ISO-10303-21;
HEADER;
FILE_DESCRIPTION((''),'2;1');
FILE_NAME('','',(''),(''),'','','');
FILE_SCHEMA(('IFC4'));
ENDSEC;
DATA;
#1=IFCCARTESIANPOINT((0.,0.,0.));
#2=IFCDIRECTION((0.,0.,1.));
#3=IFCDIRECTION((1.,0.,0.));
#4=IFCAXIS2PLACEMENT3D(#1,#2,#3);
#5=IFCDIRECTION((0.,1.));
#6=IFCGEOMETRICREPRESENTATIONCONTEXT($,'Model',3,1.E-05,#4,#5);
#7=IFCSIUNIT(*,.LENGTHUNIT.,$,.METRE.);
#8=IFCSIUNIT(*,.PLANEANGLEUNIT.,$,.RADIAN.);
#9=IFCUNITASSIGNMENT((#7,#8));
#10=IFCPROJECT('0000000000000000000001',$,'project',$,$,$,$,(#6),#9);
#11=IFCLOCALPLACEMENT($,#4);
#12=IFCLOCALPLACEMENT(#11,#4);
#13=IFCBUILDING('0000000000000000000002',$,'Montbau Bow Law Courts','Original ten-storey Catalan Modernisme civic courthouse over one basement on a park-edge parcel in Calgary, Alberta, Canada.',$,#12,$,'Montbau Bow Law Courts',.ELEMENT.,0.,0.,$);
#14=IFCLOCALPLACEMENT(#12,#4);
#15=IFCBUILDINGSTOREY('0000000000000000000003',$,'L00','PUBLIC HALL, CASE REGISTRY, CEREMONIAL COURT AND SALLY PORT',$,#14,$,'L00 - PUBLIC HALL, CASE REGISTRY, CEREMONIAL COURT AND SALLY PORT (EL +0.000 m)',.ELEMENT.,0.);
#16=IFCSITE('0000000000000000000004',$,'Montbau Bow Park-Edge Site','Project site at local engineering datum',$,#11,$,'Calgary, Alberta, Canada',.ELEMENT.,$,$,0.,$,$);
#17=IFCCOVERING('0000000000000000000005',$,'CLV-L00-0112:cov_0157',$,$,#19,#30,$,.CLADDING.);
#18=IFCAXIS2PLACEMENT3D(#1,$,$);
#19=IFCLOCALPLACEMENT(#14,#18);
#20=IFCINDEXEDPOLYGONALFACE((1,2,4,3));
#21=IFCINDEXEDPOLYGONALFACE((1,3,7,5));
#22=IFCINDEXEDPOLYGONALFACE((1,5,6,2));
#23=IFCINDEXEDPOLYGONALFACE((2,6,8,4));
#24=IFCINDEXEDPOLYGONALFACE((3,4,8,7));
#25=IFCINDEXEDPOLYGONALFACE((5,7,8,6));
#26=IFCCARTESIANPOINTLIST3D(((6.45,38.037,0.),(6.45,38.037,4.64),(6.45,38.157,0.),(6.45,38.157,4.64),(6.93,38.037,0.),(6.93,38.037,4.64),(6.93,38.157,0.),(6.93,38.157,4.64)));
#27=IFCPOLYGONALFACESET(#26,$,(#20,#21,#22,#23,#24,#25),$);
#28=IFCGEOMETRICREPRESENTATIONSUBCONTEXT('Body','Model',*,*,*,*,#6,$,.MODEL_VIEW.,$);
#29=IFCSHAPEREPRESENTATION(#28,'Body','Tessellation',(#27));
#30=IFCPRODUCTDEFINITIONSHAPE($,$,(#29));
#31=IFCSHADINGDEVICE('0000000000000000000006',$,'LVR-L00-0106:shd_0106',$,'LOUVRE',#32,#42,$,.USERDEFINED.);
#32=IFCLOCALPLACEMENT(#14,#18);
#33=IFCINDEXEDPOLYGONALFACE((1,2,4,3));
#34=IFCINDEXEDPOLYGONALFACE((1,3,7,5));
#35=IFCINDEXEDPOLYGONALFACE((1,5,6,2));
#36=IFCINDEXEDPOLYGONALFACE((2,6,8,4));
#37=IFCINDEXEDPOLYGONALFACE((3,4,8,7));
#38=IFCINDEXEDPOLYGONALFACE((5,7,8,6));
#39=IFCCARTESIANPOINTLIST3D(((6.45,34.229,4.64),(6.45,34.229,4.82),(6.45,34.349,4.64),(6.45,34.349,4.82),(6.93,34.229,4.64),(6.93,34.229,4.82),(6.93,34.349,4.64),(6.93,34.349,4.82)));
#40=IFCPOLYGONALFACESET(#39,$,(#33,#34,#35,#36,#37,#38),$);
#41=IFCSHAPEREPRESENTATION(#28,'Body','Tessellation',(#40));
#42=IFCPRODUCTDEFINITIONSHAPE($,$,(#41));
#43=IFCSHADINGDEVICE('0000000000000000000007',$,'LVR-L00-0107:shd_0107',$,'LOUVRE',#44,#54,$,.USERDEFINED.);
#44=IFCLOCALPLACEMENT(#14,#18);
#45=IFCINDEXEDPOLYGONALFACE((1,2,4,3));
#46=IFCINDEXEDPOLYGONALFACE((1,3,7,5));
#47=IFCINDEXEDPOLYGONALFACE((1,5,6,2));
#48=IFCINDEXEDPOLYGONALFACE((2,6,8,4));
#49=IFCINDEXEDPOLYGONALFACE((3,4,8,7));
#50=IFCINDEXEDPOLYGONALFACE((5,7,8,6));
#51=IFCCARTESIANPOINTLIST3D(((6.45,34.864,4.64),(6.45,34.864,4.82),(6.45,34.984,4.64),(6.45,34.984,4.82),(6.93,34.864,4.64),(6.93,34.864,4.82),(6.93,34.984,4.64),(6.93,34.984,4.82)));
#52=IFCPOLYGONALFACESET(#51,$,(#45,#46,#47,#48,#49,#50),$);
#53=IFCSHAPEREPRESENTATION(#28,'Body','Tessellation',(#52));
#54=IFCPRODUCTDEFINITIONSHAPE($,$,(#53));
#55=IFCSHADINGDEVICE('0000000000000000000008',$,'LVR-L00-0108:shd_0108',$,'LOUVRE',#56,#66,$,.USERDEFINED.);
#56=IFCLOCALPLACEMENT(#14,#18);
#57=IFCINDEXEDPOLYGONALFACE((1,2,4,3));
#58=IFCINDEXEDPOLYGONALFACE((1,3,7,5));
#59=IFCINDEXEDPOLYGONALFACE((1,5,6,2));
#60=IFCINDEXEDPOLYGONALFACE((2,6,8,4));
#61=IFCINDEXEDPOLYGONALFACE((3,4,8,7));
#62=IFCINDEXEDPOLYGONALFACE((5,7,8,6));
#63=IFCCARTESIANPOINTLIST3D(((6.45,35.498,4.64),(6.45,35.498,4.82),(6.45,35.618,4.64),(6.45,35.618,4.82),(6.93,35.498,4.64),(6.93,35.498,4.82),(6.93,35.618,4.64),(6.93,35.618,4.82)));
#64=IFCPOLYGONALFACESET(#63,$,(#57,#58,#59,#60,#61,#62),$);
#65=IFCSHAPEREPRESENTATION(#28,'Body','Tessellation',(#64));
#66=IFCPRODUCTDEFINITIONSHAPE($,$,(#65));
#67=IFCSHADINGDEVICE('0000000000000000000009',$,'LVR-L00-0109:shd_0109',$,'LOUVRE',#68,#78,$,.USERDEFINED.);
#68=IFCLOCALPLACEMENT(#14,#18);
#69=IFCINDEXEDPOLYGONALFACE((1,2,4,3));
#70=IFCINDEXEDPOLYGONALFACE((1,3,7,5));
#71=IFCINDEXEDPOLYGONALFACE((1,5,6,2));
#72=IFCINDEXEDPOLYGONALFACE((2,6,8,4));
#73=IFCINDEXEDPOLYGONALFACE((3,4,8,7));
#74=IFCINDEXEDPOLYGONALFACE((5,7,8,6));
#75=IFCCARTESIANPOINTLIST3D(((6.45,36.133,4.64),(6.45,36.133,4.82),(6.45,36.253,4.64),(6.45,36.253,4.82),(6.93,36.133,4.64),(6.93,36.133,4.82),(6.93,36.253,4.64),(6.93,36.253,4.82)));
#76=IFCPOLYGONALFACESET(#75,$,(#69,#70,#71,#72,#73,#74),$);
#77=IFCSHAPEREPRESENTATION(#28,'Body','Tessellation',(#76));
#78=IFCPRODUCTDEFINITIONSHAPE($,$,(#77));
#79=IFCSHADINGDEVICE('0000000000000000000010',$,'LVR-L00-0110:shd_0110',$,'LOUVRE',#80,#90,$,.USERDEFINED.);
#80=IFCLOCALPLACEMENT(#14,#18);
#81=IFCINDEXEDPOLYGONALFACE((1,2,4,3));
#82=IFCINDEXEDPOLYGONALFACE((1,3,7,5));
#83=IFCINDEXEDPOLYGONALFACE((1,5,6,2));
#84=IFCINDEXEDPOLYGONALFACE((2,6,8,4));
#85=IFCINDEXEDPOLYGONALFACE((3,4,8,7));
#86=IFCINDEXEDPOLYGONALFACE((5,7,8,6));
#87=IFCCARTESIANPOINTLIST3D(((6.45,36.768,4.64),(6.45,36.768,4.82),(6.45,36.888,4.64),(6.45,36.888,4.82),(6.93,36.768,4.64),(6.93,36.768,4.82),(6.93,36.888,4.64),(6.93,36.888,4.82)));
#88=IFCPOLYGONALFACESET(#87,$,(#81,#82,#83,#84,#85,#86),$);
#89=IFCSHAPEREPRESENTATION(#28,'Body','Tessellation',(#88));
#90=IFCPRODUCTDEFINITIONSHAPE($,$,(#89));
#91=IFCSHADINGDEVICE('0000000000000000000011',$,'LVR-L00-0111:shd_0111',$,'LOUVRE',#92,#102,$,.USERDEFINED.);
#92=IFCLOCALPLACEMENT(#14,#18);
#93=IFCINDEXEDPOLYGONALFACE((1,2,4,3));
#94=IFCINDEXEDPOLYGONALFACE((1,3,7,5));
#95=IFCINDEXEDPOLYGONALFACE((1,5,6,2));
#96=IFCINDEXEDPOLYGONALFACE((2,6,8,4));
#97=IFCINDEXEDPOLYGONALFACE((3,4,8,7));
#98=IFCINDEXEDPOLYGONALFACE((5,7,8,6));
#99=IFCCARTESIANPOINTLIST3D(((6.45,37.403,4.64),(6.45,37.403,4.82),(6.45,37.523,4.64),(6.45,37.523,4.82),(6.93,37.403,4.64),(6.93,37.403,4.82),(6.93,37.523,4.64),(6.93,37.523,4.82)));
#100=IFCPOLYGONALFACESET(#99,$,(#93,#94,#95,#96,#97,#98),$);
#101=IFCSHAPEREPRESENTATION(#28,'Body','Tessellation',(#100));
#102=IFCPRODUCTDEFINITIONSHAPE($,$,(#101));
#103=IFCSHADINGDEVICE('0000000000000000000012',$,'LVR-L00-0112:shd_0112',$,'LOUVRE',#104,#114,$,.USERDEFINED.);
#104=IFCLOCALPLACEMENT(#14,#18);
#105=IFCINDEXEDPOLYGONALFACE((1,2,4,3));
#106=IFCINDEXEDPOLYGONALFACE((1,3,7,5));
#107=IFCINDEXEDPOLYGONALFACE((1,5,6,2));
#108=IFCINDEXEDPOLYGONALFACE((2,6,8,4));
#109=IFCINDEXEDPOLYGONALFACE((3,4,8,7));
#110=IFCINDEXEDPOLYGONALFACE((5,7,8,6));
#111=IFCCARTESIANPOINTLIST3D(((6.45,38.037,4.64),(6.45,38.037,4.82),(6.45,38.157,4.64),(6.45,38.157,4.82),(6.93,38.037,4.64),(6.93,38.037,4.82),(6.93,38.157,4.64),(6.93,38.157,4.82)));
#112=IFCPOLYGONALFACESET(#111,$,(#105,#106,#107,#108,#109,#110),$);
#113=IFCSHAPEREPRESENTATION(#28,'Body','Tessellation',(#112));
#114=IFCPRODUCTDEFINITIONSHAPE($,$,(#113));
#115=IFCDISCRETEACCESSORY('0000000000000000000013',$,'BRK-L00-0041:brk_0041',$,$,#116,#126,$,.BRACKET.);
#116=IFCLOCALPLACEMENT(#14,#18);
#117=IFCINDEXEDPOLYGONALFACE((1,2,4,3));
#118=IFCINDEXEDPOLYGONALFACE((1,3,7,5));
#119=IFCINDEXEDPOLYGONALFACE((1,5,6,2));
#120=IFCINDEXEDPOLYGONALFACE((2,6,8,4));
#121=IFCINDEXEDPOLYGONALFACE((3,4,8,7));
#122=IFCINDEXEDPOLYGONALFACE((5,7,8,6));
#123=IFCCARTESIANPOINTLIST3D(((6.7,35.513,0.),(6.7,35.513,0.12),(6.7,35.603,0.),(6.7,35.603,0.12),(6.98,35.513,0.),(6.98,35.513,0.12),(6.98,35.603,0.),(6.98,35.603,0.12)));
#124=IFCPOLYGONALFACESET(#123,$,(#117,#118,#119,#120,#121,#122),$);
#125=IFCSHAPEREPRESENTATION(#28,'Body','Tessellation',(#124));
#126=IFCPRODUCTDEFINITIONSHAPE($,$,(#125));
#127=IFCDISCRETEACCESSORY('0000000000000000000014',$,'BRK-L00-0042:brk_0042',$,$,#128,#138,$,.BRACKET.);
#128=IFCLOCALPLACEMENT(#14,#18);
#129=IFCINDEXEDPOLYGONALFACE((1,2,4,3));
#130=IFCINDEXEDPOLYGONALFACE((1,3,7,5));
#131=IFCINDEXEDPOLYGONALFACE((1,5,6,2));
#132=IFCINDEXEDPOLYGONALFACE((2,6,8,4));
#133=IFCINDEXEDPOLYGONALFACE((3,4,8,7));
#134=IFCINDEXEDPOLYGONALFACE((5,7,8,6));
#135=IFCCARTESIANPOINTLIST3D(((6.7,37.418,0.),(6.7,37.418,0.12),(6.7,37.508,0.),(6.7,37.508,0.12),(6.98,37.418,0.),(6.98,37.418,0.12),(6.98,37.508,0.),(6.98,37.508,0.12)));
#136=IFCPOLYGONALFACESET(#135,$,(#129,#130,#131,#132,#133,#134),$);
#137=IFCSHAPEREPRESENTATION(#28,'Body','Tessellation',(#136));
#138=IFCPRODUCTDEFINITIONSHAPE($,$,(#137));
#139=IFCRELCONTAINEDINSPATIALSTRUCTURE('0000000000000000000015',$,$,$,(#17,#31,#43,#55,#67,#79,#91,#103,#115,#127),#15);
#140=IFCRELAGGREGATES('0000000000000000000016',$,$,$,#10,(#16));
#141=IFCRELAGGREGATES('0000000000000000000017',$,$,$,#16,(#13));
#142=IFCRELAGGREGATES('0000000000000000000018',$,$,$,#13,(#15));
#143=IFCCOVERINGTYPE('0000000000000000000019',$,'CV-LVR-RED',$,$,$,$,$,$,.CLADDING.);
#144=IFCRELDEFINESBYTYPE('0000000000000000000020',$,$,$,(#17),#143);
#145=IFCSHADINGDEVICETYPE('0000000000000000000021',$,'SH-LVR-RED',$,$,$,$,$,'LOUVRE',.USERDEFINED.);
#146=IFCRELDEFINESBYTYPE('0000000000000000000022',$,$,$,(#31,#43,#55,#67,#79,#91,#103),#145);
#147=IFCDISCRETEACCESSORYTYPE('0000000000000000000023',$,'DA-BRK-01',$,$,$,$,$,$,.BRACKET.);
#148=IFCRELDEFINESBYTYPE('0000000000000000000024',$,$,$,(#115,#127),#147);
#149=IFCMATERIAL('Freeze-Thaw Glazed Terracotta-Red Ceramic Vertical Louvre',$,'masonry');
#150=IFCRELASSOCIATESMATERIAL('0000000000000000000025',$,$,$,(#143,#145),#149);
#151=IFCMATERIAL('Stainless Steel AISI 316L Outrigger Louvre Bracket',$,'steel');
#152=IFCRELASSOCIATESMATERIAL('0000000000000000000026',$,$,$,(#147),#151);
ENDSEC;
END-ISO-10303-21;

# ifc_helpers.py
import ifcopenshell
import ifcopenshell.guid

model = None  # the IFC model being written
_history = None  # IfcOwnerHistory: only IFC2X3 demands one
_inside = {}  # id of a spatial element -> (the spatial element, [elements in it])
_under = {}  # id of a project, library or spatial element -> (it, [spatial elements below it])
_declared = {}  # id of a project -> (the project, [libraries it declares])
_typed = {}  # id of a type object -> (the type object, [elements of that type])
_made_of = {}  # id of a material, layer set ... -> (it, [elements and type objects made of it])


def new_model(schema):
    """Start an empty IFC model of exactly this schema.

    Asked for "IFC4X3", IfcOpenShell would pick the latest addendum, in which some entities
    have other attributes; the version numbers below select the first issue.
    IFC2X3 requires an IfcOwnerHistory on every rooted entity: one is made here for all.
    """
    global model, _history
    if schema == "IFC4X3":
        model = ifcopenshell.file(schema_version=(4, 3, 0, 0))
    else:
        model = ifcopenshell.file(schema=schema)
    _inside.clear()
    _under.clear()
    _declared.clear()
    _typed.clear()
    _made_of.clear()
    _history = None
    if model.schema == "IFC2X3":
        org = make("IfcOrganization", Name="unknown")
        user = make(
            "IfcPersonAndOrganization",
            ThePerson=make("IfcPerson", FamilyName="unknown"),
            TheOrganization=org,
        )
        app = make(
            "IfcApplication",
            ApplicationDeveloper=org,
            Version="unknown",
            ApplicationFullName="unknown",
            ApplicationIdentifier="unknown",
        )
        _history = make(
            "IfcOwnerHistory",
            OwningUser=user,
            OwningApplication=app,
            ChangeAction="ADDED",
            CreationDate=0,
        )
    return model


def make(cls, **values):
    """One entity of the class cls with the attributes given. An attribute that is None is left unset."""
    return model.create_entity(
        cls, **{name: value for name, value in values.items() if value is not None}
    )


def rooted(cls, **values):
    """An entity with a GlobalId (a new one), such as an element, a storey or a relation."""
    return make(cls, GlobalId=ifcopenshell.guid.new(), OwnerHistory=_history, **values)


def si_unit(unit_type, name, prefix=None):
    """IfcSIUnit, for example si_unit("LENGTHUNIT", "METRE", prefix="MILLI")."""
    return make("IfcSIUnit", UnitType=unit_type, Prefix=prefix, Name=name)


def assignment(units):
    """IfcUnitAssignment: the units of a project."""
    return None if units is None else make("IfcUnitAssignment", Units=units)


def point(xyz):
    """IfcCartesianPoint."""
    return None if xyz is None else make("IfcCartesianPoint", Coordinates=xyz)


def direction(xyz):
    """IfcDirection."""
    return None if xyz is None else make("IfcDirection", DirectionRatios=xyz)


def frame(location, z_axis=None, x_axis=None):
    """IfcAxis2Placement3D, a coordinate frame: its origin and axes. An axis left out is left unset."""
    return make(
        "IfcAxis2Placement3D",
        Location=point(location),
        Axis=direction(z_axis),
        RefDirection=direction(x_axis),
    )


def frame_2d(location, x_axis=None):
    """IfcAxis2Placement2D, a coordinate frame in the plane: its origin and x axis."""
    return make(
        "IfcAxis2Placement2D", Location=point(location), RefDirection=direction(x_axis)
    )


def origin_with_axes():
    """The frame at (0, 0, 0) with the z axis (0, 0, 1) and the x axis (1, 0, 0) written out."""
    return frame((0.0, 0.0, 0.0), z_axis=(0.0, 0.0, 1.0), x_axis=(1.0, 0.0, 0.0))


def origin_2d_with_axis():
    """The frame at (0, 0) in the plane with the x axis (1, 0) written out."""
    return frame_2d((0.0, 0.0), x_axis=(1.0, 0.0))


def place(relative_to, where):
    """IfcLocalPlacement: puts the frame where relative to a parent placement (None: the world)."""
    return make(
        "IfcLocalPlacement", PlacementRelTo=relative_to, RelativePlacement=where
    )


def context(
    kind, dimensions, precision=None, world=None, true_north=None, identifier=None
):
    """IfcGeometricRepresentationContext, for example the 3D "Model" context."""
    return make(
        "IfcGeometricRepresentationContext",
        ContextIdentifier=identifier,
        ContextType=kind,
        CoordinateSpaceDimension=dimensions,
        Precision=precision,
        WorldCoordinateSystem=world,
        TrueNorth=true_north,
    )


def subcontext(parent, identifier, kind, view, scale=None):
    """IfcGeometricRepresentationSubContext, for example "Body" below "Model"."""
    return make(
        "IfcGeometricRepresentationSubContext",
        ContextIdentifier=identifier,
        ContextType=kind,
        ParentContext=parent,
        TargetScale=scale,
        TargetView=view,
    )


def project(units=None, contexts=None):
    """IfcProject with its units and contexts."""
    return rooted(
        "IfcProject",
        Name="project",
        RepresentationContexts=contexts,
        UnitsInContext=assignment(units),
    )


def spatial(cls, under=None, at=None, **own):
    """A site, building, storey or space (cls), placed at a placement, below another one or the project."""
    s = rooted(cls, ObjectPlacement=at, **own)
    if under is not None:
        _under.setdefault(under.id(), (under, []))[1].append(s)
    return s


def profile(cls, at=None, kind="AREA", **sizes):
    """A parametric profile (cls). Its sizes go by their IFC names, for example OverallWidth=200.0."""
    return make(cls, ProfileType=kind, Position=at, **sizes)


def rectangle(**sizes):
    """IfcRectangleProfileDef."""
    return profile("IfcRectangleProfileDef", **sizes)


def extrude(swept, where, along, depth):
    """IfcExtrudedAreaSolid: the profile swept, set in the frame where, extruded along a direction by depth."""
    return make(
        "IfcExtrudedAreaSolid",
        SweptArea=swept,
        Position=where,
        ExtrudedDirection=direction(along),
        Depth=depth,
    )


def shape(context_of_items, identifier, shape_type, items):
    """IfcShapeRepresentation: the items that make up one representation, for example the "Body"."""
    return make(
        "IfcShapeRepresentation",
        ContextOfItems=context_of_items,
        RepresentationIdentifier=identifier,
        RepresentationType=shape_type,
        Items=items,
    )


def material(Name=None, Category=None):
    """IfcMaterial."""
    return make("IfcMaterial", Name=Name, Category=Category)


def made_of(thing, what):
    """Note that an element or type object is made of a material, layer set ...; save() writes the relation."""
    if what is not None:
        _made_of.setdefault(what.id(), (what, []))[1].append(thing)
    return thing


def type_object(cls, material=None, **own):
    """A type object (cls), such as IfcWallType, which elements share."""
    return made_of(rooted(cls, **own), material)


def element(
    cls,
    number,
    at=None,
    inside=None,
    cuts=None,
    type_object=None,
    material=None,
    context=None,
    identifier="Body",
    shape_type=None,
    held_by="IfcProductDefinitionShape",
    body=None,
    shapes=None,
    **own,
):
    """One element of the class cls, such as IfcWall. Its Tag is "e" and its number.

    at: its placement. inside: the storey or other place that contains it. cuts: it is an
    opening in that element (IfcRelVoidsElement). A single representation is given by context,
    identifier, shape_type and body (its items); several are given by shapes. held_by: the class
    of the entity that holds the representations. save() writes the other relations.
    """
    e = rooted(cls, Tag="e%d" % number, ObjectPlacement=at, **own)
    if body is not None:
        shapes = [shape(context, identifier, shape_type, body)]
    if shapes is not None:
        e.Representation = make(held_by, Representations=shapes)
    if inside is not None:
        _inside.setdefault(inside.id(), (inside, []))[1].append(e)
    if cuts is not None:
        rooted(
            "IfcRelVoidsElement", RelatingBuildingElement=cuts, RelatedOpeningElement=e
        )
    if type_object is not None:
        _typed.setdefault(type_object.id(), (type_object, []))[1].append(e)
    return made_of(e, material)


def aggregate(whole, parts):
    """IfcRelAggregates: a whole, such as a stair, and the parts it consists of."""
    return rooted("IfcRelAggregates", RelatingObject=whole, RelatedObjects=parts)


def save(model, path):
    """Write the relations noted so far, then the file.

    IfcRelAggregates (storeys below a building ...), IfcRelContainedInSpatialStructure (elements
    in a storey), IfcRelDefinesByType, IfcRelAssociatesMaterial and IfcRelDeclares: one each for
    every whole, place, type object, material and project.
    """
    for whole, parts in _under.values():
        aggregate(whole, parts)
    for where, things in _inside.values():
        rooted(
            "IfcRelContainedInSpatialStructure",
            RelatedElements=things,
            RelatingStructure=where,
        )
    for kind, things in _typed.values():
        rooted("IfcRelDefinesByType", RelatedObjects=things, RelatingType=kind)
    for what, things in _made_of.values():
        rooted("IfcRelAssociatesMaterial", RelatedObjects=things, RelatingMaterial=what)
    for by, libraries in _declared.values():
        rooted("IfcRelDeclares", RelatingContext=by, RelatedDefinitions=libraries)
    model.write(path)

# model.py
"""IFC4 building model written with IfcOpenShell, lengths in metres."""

from ifc_helpers import new_model, si_unit, direction, frame, frame_2d, origin_with_axes, origin_2d_with_axis, place, context, subcontext, project, spatial, rectangle, extrude, material, type_object, element, save


model = new_model("IFC4")

# Units and contexts
model_context = context("Model", 3, precision=1e-05, world=origin_with_axes(), true_north=direction((0.0, 1.0)))
body_context = subcontext(model_context, "Body", "Model", "MODEL_VIEW")
ifc_project = project(units=[si_unit("LENGTHUNIT", "METRE"), si_unit("PLANEANGLEUNIT", "RADIAN")], contexts=[model_context])

# Site, building, storey
site_placement = place(None, origin_with_axes())
site = spatial("IfcSite", under=ifc_project, at=site_placement, Name="Montbau Bow Park-Edge Site", Description="Project site at local engineering datum", LongName="Calgary, Alberta, Canada", CompositionType="ELEMENT", RefElevation=0.0)
building_placement = place(site_placement, origin_with_axes())
building = spatial("IfcBuilding", under=site, at=building_placement, Name="Montbau Bow Law Courts", Description="Original ten-storey Catalan Modernisme civic courthouse over one basement on a park-edge parcel in Calgary, Alberta, Canada.", LongName="Montbau Bow Law Courts", CompositionType="ELEMENT", ElevationOfRefHeight=0.0, ElevationOfTerrain=0.0)
storey_placement = place(building_placement, origin_with_axes())
storey = spatial("IfcBuildingStorey", under=building, at=storey_placement, Name="L00", Description="PUBLIC HALL, CASE REGISTRY, CEREMONIAL COURT AND SALLY PORT", LongName="L00 - PUBLIC HALL, CASE REGISTRY, CEREMONIAL COURT AND SALLY PORT (EL +0.000 m)", CompositionType="ELEMENT", Elevation=0.0)

# Covering
ifc_material_1 = material(Name="Freeze-Thaw Glazed Terracotta-Red Ceramic Vertical Louvre", Category="masonry")
covering_type = type_object("IfcCoveringType", Name="CV-LVR-RED", PredefinedType="CLADDING", material=ifc_material_1)
for number, where, z_axis, x_axis, name in (
    (1, (6.93, 38.097, 0.0), (0.0, 1.0, 0.0), (-1.0, 0.0, 0.0), "CLV-L00-0112:cov_0157"),
):
    element("IfcCovering", number, at=place(None, frame(where, z_axis=z_axis, x_axis=x_axis)), inside=storey, type_object=covering_type, Name=name, PredefinedType="CLADDING", context=body_context, shape_type="SweptSolid", body=[
        extrude(rectangle(XDim=0.48, YDim=4.64, at=frame_2d((0.24, 2.32), x_axis=(1.0, 0.0))), frame((0.0, 0.0, -0.06), z_axis=(0.0, 0.0, 1.0), x_axis=(1.0, 0.0, 0.0)), (0.0, 0.0, 1.0), 0.12),
    ])

# Shading devices
shading_device_type = type_object("IfcShadingDeviceType", Name="SH-LVR-RED", ElementType="LOUVRE", PredefinedType="USERDEFINED", material=ifc_material_1)
for number, where, z_axis, x_axis, name in (
    (2, (6.69, 34.289, 4.64), (0.0, 0.0, 1.0), (-1.0, 0.0, 0.0), "LVR-L00-0106:shd_0106"),
    (3, (6.69, 34.924, 4.64), (0.0, 0.0, 1.0), (-1.0, 0.0, 0.0), "LVR-L00-0107:shd_0107"),
    (4, (6.69, 35.558, 4.64), (0.0, 0.0, 1.0), (-1.0, 0.0, 0.0), "LVR-L00-0108:shd_0108"),
    (5, (6.69, 36.193, 4.64), (0.0, 0.0, 1.0), (-1.0, 0.0, 0.0), "LVR-L00-0109:shd_0109"),
    (6, (6.69, 36.828, 4.64), (0.0, 0.0, 1.0), (-1.0, 0.0, 0.0), "LVR-L00-0110:shd_0110"),
    (7, (6.69, 37.463, 4.64), (0.0, 0.0, 1.0), (-1.0, 0.0, 0.0), "LVR-L00-0111:shd_0111"),
    (8, (6.69, 38.097, 4.64), (0.0, 0.0, 1.0), (-1.0, 0.0, 0.0), "LVR-L00-0112:shd_0112"),
):
    element("IfcShadingDevice", number, at=place(None, frame(where, z_axis=z_axis, x_axis=x_axis)), inside=storey, type_object=shading_device_type, Name=name, ObjectType="LOUVRE", PredefinedType="USERDEFINED", context=body_context, shape_type="SweptSolid", body=[
        extrude(rectangle(XDim=0.48, YDim=0.12, at=origin_2d_with_axis()), origin_with_axes(), (0.0, 0.0, 1.0), 0.18),
    ])

# Discrete accessories
ifc_material_2 = material(Name="Stainless Steel AISI 316L Outrigger Louvre Bracket", Category="steel")
discrete_accessory_type = type_object("IfcDiscreteAccessoryType", Name="DA-BRK-01", PredefinedType="BRACKET", material=ifc_material_2)
for number, where, z_axis, x_axis, name in (
    (9, (6.84, 35.558, 0.0), (0.0, 0.0, 1.0), (-1.0, 0.0, 0.0), "BRK-L00-0041:brk_0041"),
    (10, (6.84, 37.463, 0.0), (0.0, 0.0, 1.0), (-1.0, 0.0, 0.0), "BRK-L00-0042:brk_0042"),
):
    element("IfcDiscreteAccessory", number, at=place(None, frame(where, z_axis=z_axis, x_axis=x_axis)), inside=storey, type_object=discrete_accessory_type, Name=name, PredefinedType="BRACKET", context=body_context, shape_type="SweptSolid", body=[
        extrude(rectangle(XDim=0.28, YDim=0.09, at=origin_2d_with_axis()), origin_with_axes(), (0.0, 0.0, 1.0), 0.12),
    ])

save(model, "model.ifc")
